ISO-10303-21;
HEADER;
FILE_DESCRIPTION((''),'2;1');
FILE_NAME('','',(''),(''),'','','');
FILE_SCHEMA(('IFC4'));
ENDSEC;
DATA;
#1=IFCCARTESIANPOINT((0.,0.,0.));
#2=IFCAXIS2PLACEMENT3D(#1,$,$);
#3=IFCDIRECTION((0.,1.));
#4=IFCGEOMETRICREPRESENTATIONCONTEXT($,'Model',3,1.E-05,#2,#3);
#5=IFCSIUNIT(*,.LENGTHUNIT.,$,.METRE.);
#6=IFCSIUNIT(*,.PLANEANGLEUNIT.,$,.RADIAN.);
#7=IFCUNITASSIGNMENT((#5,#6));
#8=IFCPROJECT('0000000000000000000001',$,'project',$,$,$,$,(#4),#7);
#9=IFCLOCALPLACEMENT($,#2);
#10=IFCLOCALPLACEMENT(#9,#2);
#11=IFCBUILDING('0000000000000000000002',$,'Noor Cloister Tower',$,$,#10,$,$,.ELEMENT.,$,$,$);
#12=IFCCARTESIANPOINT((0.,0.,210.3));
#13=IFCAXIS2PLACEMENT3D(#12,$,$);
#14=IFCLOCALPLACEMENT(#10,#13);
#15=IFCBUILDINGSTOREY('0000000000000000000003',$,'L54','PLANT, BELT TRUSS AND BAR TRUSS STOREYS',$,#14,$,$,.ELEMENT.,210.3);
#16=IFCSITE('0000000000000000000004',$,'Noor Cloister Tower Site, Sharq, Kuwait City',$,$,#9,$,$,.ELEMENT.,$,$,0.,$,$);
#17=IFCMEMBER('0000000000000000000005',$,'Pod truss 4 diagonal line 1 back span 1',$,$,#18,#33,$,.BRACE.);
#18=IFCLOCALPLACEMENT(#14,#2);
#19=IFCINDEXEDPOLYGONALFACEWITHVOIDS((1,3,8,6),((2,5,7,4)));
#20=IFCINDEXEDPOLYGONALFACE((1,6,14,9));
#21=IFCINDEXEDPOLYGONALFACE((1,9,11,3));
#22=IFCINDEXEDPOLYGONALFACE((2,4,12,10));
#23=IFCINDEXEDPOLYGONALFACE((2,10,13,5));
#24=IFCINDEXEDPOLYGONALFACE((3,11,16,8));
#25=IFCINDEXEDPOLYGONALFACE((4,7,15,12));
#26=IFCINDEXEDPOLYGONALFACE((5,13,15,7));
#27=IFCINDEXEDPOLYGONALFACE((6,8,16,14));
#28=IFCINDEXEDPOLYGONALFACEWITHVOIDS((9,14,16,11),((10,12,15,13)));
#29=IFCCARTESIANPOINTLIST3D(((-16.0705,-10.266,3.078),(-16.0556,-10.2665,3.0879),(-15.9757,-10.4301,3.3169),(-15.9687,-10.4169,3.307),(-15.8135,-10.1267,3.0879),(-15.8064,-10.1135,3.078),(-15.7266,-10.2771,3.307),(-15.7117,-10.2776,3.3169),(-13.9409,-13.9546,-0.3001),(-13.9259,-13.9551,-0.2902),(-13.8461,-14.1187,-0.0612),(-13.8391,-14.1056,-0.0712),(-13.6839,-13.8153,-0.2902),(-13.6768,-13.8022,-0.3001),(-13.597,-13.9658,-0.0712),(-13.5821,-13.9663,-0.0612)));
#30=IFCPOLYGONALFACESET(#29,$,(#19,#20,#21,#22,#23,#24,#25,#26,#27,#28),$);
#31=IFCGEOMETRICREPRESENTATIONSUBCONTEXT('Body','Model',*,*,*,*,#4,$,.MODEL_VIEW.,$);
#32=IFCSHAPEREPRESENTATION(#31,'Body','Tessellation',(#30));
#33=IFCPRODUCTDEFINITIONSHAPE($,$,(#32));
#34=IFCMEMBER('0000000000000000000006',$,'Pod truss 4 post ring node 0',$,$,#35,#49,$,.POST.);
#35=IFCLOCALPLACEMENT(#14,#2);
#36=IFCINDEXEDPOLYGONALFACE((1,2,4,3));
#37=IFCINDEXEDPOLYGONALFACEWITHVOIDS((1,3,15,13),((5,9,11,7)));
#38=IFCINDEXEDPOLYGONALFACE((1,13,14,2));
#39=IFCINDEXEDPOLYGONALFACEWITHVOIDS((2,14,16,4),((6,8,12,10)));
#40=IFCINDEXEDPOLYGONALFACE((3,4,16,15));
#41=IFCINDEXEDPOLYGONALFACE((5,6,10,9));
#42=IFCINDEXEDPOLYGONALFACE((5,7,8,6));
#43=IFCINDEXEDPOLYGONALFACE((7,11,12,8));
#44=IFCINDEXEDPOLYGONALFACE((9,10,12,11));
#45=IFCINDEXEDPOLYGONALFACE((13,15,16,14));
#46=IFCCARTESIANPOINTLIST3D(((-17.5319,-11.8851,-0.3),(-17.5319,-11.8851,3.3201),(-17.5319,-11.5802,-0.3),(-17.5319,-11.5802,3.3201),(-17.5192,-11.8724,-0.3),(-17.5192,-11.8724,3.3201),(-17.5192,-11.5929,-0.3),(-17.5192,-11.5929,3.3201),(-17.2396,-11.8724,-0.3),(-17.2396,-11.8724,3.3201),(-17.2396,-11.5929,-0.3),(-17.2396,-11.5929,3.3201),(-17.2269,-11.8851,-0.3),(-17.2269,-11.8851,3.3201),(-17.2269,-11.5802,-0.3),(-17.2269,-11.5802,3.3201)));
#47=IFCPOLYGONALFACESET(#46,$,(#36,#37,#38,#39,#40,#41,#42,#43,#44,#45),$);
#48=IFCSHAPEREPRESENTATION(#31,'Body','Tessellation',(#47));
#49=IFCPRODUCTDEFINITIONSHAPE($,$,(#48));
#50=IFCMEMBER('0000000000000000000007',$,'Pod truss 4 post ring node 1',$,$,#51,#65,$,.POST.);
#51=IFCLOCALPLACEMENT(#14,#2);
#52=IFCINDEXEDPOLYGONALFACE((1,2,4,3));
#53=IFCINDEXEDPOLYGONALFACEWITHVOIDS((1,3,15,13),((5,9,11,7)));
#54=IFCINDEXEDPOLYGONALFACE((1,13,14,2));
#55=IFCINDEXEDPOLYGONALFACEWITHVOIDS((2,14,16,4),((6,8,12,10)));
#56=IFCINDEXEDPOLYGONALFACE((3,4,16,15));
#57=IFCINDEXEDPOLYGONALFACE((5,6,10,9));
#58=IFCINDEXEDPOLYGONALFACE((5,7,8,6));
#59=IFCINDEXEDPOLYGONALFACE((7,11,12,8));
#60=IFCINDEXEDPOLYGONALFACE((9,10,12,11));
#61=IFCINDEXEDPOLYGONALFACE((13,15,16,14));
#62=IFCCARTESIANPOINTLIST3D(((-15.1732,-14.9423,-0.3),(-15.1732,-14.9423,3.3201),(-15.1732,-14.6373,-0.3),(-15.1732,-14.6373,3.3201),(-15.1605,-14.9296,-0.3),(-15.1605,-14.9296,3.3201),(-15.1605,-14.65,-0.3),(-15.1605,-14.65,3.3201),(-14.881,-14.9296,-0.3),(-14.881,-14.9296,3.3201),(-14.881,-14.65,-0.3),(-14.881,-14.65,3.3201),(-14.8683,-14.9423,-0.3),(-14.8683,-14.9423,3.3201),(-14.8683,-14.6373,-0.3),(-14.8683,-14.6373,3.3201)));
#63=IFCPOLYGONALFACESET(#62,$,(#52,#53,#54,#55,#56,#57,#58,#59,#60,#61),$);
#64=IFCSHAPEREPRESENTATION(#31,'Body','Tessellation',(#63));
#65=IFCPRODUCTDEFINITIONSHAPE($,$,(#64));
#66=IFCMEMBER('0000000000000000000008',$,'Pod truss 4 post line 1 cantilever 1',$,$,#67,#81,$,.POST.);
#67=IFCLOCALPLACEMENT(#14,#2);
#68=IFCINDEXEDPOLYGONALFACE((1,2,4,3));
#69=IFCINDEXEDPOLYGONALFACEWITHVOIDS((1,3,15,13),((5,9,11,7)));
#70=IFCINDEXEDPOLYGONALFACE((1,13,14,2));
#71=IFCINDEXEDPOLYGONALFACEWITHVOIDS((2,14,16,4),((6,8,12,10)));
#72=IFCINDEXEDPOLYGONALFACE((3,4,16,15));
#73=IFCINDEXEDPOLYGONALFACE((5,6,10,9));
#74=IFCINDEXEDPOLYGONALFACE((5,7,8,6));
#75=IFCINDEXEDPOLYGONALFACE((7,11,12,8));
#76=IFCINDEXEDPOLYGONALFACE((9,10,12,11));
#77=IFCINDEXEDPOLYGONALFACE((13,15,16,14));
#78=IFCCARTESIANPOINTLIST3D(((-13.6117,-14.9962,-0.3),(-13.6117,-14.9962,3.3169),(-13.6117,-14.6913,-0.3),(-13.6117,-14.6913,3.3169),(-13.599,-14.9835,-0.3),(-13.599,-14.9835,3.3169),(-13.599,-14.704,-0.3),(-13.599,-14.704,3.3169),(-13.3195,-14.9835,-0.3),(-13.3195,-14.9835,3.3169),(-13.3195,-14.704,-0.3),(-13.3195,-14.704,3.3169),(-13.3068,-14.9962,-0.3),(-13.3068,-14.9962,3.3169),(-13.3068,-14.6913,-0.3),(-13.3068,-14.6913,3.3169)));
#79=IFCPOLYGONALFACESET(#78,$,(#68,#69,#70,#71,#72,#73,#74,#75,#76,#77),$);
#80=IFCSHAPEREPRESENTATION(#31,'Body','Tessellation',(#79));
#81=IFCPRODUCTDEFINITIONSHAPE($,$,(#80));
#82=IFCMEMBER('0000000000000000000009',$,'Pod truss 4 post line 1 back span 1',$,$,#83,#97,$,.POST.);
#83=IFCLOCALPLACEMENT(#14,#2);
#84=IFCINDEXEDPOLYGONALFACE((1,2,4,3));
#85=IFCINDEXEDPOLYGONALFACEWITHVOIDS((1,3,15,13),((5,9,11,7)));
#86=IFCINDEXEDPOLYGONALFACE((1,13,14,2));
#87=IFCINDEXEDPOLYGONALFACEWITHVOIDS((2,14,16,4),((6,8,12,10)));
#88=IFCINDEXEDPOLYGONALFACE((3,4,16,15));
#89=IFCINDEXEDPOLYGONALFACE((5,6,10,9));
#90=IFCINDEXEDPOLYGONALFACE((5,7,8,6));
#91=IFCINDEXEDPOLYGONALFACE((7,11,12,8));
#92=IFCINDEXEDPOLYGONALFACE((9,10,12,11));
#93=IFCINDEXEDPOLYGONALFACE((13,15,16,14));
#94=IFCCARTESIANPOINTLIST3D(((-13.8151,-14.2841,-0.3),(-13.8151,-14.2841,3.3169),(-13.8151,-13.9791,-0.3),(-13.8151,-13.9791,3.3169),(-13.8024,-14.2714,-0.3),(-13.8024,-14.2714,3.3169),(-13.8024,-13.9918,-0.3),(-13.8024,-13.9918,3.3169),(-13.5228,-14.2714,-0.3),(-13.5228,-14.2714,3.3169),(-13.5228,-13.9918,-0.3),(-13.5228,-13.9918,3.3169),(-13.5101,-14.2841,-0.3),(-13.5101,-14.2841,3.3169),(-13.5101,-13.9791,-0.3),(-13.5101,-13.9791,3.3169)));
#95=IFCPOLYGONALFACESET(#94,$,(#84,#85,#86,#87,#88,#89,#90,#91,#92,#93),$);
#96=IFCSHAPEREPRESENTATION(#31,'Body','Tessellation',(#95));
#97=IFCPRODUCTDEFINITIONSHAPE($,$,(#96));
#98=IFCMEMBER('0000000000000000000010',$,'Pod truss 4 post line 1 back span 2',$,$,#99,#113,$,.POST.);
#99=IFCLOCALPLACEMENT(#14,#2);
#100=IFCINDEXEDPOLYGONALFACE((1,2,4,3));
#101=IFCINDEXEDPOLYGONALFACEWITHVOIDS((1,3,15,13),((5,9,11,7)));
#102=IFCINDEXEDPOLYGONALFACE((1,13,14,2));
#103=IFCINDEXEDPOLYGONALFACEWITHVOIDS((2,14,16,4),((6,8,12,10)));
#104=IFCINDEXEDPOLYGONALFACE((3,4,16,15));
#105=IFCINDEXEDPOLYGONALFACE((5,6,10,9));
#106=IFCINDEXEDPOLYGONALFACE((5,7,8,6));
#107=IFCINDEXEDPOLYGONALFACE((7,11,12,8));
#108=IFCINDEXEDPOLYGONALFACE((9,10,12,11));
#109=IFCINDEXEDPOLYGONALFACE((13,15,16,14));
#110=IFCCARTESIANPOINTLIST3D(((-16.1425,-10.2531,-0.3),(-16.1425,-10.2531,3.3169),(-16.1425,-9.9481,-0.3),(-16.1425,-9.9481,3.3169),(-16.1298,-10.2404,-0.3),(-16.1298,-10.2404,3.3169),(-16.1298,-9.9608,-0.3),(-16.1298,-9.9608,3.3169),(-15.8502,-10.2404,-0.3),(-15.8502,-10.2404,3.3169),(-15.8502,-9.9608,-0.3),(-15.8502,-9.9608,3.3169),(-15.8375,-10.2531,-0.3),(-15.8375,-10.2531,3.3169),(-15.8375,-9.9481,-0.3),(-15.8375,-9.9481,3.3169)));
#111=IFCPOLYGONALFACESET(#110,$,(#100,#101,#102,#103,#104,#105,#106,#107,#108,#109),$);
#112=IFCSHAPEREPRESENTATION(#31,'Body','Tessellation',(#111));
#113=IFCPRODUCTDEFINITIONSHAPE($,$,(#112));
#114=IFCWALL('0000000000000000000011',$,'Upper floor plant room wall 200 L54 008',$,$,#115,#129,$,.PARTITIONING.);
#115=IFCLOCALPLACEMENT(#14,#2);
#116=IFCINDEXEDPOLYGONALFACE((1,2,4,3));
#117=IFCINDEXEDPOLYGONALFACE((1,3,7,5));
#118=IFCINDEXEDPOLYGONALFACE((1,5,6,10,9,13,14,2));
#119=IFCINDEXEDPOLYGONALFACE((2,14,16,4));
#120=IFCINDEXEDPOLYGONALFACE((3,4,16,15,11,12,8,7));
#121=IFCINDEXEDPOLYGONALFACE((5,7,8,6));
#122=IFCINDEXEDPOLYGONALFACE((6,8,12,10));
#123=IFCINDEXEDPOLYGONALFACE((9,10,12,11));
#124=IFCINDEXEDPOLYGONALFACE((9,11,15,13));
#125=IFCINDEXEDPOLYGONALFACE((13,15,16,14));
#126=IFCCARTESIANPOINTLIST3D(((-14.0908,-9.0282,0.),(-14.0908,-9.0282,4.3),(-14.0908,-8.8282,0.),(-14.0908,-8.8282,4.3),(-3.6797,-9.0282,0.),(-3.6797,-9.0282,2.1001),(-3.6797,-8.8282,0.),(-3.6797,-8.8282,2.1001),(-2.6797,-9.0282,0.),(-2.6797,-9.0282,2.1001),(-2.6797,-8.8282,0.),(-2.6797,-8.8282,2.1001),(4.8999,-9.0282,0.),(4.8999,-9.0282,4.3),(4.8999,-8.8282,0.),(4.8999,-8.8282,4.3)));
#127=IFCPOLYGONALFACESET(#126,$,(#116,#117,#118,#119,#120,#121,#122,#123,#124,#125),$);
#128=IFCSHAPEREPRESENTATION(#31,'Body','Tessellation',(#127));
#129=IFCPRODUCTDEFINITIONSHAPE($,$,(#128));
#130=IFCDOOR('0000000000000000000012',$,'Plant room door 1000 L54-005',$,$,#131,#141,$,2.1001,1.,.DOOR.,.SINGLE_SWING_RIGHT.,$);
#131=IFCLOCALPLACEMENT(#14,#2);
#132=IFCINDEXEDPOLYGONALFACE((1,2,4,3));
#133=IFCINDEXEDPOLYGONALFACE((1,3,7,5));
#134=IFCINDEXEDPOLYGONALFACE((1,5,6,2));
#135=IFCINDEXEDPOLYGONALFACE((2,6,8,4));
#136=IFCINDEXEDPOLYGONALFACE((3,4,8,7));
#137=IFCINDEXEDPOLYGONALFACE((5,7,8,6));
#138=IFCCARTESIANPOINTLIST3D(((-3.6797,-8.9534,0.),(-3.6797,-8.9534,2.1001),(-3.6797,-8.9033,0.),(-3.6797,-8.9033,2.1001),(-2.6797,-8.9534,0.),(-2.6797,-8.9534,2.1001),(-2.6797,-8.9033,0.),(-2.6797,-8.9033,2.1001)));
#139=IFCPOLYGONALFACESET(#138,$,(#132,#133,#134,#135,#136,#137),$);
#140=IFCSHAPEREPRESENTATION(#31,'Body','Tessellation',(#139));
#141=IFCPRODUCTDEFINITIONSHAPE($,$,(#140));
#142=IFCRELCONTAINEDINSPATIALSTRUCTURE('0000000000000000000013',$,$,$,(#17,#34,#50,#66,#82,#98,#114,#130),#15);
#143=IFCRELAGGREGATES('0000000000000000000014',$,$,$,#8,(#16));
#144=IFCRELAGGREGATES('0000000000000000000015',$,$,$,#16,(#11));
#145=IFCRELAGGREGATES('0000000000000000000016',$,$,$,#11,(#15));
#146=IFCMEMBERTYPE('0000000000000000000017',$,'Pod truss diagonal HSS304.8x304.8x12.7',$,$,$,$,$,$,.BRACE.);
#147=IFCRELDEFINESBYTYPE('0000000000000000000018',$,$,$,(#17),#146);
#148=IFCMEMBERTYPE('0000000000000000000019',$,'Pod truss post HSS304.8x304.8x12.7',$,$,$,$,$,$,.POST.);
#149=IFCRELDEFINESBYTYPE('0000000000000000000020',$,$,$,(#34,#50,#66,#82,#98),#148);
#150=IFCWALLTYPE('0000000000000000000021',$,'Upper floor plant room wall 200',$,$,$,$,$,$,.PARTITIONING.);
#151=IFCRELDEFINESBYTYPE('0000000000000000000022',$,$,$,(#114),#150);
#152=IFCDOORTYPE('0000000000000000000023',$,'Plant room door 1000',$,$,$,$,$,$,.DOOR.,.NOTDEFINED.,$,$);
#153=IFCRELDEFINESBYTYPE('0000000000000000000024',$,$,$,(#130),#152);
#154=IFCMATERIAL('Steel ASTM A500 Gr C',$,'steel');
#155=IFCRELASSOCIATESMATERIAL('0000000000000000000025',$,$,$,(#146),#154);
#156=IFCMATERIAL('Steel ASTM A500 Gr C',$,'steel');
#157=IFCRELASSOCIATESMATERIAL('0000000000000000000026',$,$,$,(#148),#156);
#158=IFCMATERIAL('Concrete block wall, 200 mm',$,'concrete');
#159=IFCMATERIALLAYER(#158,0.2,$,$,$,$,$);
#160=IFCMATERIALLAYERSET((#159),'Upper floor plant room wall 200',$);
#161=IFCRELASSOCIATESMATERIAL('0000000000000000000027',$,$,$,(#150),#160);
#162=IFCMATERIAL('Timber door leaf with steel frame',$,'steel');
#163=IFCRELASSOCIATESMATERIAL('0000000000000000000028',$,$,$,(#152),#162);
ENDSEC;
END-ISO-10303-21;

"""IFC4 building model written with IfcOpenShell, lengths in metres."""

from ifc_helpers import new_model, si_unit, direction, frame, frame_2d, origin, origin_2d, place, context, subcontext, project, spatial, rectangle, hollow_rectangle, extrude, material, layer, layer_set, material_profile, profile_set, type_object, element, fill, save


model = new_model("IFC4")

# Units and contexts
model_context = context("Model", 3, precision=1e-05, world=origin(), true_north=direction((0.0, 1.0)))
body_context = subcontext(model_context, "Body", "Model", "MODEL_VIEW")
ifc_project = project(units=[si_unit("LENGTHUNIT", "METRE"), si_unit("PLANEANGLEUNIT", "RADIAN")], contexts=[model_context])

# Site, building, storey
site_placement = place(None, origin())
site = spatial("IfcSite", under=ifc_project, at=site_placement, Name="Noor Cloister Tower Site, Sharq, Kuwait City", CompositionType="ELEMENT", RefElevation=0.0)
building_placement = place(site_placement, origin())
building = spatial("IfcBuilding", under=site, at=building_placement, Name="Noor Cloister Tower", CompositionType="ELEMENT")
storey_placement = place(building_placement, frame((0.0, 0.0, 210.3)))
storey = spatial("IfcBuildingStorey", under=building, at=storey_placement, Name="L54", Description="PLANT, BELT TRUSS AND BAR TRUSS STOREYS", CompositionType="ELEMENT", Elevation=210.3)

# Members
ifc_material_1 = material(Name="Steel ASTM A500 Gr C", Category="steel")
ifc_material_profile_1 = material_profile(ifc_material_1, hollow_rectangle(XDim=0.3049, YDim=0.3049, WallThickness=0.0127, at=origin_2d()), Name="HSS304.8x304.8x12.7")
ifc_profile_set_1 = profile_set([ifc_material_profile_1], Name="Steel ASTM A500 Gr C")
member_type_1 = type_object("IfcMemberType", Name="Pod truss diagonal HSS304.8x304.8x12.7", PredefinedType="BRACE", material=ifc_profile_set_1)
member_1_placement = place(storey_placement, frame((-13.7615, -13.9604, -0.1807), z_axis=(-0.391739, 0.678527, 0.621403), x_axis=(-0.86603, -0.499992, 0.0)))
element("IfcMember", 1, at=member_1_placement, inside=storey, type_object=member_type_1, Name="Pod truss 4 diagonal line 1 back span 1", PredefinedType="BRACE", context=body_context, shape_type="SweptSolid", body=[
    extrude(hollow_rectangle(XDim=0.3049, YDim=0.3049, WallThickness=0.0127, at=origin_2d()), origin(), (0.0, 0.0, 1.0), 5.4363),
])
ifc_material_2 = material(Name="Steel ASTM A500 Gr C", Category="steel")
ifc_material_profile_2 = material_profile(ifc_material_2, hollow_rectangle(XDim=0.3049, YDim=0.3049, WallThickness=0.0127, at=origin_2d()), Name="HSS304.8x304.8x12.7")
ifc_profile_set_2 = profile_set([ifc_material_profile_2], Name="Steel ASTM A500 Gr C")
member_type_2 = type_object("IfcMemberType", Name="Pod truss post HSS304.8x304.8x12.7", PredefinedType="POST", material=ifc_profile_set_2)
for number, where, z_axis, x_axis, name in (
    (2, (-17.3794, -11.7327, -0.3), (0.0, 0.0, 1.0), (1.0, 0.0, 0.0), "Pod truss 4 post ring node 0"),
    (3, (-15.0208, -14.7898, -0.3), (0.0, 0.0, 1.0), (1.0, 0.0, 0.0), "Pod truss 4 post ring node 1"),
):
    element("IfcMember", number, at=place(storey_placement, frame(where, z_axis=z_axis, x_axis=x_axis)), inside=storey, type_object=member_type_2, Name=name, PredefinedType="POST", context=body_context, shape_type="SweptSolid", body=[
        extrude(hollow_rectangle(XDim=0.3049, YDim=0.3049, WallThickness=0.0127, at=origin_2d()), origin(), (0.0, 0.0, 1.0), 3.6201),
    ])
for number, where, z_axis, x_axis, name in (
    (4, (-13.4592, -14.8438, -0.3), (0.0, 0.0, 1.0), (1.0, 0.0, 0.0), "Pod truss 4 post line 1 cantilever 1"),
    (5, (-13.6626, -14.1316, -0.3), (0.0, 0.0, 1.0), (1.0, 0.0, 0.0), "Pod truss 4 post line 1 back span 1"),
    (6, (-15.99, -10.1006, -0.3), (0.0, 0.0, 1.0), (1.0, 0.0, 0.0), "Pod truss 4 post line 1 back span 2"),
):
    element("IfcMember", number, at=place(storey_placement, frame(where, z_axis=z_axis, x_axis=x_axis)), inside=storey, type_object=member_type_2, Name=name, PredefinedType="POST", context=body_context, shape_type="SweptSolid", body=[
        extrude(hollow_rectangle(XDim=0.3049, YDim=0.3049, WallThickness=0.0127, at=origin_2d()), origin(), (0.0, 0.0, 1.0), 3.6169),
    ])

# Wall, opening, door
ifc_material_3 = material(Name="Concrete block wall, 200 mm", Category="concrete")
ifc_layer = layer(ifc_material_3, 0.2)
ifc_layer_set = layer_set([ifc_layer], Name="Upper floor plant room wall 200")
wall_type = type_object("IfcWallType", Name="Upper floor plant room wall 200", PredefinedType="PARTITIONING", material=ifc_layer_set)
wall_placement = place(storey_placement, frame((-14.0908, -8.9282, 0.0), z_axis=(0.0, 0.0, 1.0), x_axis=(1.0, 0.0, 0.0)))
wall = element("IfcWall", 7, at=wall_placement, inside=storey, type_object=wall_type, Name="Upper floor plant room wall 200 L54 008", PredefinedType="PARTITIONING", context=body_context, shape_type="SweptSolid", body=[
    extrude(rectangle(XDim=18.9907, YDim=0.2, at=frame_2d((9.4954, 0.0))), origin(), (0.0, 0.0, 1.0), 4.3),
])
opening_placement = place(wall_placement, frame((10.4111, 0.0, 0.0)))
opening = element("IfcOpeningElement", 8, at=opening_placement, cuts=wall, PredefinedType="OPENING", context=body_context, shape_type="SweptSolid", body=[
    extrude(rectangle(XDim=1.0, YDim=2.1001, at=frame_2d((0.5, 1.05))), frame((0.0, 0.1099, 0.0), z_axis=(0.0, -1.0, 0.0), x_axis=(1.0, 0.0, 0.0)), (0.0, 0.0, 1.0), 0.22),
])
ifc_material_4 = material(Name="Timber door leaf with steel frame", Category="steel")
door_type = type_object("IfcDoorType", Name="Plant room door 1000", OperationType="NOTDEFINED", PredefinedType="DOOR", material=ifc_material_4)
door_placement = place(opening_placement, origin())
door = element("IfcDoor", 9, at=door_placement, inside=storey, type_object=door_type, Name="Plant room door 1000 L54-005", OperationType="SINGLE_SWING_RIGHT", OverallHeight=2.1001, OverallWidth=1.0, PredefinedType="DOOR", context=body_context, shape_type="SweptSolid", body=[
    extrude(rectangle(XDim=1.0, YDim=2.1001, at=frame_2d((0.5, 1.05))), frame((0.0, 0.0249, 0.0), z_axis=(0.0, -1.0, 0.0), x_axis=(1.0, 0.0, 0.0)), (0.0, 0.0, 1.0), 0.05),
])
fill(opening, door)

save(model, "model.ifc")
